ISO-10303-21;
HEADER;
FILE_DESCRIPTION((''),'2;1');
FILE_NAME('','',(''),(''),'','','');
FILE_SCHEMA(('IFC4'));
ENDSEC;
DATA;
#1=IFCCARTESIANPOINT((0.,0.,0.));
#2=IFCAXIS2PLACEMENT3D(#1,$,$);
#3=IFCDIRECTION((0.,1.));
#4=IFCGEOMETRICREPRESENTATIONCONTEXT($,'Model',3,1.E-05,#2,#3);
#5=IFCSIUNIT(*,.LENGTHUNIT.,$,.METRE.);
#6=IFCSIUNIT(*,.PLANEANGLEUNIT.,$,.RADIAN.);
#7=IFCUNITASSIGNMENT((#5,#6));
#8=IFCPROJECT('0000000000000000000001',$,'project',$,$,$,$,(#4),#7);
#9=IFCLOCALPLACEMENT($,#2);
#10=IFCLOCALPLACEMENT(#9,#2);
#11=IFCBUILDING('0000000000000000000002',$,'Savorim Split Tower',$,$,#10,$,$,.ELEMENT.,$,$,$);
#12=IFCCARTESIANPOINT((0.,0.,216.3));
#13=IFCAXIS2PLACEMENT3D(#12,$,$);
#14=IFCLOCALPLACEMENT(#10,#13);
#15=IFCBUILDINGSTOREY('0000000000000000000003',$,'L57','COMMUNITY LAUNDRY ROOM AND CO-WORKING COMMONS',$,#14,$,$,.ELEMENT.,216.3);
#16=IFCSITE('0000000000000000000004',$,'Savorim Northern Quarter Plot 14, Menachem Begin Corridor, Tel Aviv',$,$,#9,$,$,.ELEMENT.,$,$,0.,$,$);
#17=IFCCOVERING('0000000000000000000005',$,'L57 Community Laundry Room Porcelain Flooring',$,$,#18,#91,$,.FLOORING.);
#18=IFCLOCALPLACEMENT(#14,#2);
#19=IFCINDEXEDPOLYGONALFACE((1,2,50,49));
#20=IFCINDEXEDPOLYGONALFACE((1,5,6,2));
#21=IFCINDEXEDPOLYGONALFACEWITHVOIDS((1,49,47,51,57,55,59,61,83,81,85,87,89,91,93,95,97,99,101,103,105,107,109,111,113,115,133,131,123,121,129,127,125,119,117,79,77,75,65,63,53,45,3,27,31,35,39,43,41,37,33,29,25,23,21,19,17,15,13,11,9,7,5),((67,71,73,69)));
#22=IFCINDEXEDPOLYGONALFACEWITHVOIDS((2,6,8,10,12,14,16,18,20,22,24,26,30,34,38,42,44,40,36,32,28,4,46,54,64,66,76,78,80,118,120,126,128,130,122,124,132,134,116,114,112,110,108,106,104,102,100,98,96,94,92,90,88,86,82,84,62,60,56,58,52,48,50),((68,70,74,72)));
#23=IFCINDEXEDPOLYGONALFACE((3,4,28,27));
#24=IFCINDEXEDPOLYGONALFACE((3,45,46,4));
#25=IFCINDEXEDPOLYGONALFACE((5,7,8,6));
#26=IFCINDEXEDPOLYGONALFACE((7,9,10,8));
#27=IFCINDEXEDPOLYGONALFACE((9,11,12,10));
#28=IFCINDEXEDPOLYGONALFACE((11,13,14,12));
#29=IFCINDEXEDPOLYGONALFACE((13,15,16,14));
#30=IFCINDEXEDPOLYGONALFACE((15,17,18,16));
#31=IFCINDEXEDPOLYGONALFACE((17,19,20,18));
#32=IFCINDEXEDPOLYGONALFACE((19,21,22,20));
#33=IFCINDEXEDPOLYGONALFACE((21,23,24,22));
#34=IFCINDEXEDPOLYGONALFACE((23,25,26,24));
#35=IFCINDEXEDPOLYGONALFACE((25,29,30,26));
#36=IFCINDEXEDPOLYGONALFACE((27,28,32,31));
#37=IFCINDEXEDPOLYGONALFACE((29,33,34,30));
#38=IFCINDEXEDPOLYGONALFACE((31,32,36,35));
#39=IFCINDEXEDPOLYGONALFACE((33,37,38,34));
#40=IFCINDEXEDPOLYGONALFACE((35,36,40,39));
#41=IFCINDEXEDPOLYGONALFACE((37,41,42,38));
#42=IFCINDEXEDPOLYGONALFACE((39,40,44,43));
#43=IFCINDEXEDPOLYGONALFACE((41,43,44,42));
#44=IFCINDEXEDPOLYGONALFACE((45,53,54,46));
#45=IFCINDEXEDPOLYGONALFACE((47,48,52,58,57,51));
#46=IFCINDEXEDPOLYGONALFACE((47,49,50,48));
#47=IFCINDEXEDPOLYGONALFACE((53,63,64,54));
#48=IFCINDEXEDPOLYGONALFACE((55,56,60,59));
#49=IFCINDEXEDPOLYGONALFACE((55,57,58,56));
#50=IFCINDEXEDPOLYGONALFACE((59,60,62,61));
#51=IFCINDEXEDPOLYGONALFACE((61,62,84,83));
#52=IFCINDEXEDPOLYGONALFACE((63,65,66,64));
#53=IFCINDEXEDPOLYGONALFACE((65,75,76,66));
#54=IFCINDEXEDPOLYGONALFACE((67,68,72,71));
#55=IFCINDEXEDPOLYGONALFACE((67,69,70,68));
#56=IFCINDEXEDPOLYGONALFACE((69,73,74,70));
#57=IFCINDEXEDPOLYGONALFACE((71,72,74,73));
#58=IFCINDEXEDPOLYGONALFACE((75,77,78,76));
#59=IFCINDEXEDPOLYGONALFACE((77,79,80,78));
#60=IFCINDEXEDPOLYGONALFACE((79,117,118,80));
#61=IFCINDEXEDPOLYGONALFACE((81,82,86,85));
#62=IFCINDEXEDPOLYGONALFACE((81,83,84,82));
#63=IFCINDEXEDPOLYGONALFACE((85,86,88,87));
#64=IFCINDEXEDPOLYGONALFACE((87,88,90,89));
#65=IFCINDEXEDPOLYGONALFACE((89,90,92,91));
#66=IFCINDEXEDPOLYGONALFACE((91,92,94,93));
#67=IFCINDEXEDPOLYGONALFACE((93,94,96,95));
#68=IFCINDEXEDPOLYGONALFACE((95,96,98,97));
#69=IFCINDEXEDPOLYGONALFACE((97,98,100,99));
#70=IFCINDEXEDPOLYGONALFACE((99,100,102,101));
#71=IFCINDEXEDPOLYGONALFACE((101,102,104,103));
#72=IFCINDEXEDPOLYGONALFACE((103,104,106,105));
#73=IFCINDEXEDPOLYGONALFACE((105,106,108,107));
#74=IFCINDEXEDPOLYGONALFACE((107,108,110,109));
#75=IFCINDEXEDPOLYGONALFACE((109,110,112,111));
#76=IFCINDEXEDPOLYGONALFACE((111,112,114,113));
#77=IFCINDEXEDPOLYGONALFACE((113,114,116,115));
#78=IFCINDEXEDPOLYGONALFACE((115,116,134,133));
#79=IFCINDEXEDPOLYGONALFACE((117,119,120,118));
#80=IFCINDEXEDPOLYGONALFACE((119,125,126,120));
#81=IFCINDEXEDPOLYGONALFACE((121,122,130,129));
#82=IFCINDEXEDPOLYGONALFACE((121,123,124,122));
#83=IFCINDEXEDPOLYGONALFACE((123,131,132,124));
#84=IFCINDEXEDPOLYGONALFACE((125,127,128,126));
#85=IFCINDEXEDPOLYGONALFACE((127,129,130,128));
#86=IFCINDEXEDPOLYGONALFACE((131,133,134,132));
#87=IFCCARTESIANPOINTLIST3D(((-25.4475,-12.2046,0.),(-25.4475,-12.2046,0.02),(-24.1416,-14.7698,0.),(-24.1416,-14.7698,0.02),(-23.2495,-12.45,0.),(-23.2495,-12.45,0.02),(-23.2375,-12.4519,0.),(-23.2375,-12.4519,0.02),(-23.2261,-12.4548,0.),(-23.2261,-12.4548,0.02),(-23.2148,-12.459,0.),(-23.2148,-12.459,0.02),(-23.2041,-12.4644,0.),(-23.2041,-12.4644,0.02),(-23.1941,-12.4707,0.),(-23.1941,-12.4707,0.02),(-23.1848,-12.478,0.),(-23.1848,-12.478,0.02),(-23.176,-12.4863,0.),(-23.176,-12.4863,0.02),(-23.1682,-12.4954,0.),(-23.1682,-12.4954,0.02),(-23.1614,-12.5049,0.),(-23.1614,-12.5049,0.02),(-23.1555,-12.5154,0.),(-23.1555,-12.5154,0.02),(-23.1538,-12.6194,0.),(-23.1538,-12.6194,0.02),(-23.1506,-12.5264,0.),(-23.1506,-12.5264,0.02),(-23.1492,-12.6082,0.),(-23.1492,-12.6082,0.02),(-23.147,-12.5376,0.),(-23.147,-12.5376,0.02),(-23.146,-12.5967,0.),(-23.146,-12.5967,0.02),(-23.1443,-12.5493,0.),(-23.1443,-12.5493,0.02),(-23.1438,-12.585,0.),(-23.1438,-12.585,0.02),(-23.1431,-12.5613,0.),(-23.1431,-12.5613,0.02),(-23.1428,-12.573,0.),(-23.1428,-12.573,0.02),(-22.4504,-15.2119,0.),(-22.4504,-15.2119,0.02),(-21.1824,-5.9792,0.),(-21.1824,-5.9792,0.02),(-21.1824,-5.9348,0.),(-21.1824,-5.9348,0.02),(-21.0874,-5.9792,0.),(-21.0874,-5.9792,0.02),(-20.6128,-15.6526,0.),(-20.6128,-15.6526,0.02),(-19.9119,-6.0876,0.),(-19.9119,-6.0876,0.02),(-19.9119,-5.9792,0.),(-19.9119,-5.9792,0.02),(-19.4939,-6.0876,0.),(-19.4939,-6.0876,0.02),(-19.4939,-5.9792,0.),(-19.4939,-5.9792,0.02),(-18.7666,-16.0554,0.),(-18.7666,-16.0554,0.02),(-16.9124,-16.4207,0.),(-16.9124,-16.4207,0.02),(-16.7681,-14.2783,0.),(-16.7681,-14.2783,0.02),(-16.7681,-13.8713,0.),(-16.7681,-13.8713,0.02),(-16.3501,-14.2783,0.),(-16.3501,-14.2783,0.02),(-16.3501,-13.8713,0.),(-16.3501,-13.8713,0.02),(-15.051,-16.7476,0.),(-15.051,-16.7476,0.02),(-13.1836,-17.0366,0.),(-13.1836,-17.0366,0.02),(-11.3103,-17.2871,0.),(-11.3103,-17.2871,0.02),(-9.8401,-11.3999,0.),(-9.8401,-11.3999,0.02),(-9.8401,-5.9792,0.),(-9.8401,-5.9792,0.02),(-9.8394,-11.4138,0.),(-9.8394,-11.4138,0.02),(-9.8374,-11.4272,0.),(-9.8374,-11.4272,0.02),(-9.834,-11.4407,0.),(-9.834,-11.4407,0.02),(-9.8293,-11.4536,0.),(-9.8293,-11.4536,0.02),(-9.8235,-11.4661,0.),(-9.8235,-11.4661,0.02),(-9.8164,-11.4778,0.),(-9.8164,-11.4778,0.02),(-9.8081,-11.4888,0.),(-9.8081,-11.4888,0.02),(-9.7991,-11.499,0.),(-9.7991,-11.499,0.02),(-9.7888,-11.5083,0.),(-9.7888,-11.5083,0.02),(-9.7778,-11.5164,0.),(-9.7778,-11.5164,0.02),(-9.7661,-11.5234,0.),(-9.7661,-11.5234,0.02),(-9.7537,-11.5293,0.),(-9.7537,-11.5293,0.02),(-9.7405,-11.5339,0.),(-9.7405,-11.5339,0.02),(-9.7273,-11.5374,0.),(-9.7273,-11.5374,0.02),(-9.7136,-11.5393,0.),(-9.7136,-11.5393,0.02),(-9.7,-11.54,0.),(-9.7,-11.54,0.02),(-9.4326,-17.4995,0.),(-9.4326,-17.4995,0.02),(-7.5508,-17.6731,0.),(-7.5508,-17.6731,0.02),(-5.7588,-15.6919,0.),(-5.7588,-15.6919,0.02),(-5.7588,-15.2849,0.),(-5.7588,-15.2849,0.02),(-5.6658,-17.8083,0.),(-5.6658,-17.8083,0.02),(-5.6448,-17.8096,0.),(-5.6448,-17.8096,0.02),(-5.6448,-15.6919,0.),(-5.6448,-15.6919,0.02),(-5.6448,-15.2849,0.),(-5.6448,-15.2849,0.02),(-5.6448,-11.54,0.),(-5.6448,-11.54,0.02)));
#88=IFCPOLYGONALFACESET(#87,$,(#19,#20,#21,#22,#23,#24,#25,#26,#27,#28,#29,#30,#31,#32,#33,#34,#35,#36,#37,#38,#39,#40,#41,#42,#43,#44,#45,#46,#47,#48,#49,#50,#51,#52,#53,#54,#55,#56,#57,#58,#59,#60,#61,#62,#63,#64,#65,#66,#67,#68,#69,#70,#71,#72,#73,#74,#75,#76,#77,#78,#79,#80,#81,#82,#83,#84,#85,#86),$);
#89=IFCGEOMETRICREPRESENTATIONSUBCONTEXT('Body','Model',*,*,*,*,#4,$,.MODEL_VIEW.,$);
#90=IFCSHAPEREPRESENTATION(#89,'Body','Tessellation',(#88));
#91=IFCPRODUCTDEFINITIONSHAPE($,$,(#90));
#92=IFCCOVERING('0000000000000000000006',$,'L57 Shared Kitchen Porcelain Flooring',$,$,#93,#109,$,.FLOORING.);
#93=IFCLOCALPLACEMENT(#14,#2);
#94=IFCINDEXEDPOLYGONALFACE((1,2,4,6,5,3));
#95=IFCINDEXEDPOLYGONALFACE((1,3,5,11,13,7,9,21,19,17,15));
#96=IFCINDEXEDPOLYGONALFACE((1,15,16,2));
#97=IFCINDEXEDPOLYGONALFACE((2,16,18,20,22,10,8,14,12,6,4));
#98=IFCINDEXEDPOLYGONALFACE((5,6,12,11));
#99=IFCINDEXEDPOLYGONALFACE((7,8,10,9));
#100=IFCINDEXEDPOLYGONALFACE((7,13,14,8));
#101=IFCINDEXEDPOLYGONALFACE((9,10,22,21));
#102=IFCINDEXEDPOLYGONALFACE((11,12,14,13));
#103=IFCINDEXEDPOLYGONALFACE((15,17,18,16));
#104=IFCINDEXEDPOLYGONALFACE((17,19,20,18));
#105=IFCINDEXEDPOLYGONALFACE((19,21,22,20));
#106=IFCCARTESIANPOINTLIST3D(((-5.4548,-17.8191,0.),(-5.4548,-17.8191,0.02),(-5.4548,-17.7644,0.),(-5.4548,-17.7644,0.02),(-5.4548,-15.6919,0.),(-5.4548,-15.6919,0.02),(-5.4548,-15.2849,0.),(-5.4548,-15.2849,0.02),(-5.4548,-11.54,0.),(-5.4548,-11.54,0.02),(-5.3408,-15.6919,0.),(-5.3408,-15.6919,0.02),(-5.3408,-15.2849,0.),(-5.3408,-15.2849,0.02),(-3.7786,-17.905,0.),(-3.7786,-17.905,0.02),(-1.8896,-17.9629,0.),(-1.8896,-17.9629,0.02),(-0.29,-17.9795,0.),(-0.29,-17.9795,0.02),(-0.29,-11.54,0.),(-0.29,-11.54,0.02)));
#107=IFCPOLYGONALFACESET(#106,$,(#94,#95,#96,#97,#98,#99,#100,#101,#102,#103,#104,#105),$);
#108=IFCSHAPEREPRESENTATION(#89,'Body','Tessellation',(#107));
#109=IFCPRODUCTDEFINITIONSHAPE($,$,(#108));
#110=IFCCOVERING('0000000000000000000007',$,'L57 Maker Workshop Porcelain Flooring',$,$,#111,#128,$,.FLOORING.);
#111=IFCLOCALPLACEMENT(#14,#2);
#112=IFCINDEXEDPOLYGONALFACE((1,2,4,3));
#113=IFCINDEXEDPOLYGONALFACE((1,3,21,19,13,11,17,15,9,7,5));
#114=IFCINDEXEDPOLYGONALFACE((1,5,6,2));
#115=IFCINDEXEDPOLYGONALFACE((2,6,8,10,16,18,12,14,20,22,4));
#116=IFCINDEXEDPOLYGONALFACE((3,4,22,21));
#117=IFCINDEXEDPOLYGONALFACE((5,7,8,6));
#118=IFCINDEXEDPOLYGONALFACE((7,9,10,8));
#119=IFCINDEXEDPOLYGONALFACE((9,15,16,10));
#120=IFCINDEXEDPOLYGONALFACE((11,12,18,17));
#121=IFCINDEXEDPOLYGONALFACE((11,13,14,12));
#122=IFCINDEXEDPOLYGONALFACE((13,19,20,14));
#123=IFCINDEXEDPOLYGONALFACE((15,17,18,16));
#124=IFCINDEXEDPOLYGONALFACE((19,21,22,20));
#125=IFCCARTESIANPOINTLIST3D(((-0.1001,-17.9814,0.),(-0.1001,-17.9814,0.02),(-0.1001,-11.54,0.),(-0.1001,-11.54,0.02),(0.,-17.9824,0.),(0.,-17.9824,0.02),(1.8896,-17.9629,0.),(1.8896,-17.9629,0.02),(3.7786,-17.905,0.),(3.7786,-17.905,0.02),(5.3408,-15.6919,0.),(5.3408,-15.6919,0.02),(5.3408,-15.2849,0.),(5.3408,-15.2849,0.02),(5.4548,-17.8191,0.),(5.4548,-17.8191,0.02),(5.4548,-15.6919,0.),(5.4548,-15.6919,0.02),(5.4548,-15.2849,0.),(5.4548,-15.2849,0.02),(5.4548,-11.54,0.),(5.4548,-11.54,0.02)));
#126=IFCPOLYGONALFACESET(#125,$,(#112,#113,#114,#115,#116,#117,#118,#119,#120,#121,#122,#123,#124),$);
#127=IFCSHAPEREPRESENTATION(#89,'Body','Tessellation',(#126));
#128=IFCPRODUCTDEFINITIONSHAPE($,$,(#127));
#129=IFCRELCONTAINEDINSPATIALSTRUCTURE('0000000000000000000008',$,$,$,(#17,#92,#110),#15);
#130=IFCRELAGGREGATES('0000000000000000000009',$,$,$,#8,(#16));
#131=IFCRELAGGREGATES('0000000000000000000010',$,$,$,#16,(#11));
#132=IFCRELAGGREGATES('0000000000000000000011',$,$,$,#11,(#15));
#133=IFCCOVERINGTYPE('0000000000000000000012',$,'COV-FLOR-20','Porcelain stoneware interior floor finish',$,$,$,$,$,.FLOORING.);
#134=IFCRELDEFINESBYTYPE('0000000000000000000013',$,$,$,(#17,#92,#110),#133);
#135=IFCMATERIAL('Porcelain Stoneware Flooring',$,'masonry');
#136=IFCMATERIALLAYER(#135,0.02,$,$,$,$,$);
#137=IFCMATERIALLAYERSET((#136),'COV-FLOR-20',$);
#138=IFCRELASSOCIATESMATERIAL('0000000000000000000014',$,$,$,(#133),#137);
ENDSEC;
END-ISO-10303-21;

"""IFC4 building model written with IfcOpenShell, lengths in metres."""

from ifc_helpers import new_model, si_unit, direction, frame, origin, place, context, subcontext, project, spatial, polyline, outline, extrude, material, layer, layer_set, type_object, element, save


model = new_model("IFC4")

# Units and contexts
model_context = context("Model", 3, precision=1e-05, world=origin(), true_north=direction((0.0, 1.0)))
body_context = subcontext(model_context, "Body", "Model", "MODEL_VIEW")
ifc_project = project(units=[si_unit("LENGTHUNIT", "METRE"), si_unit("PLANEANGLEUNIT", "RADIAN")], contexts=[model_context])

# Site, building, storey
site_placement = place(None, origin())
site = spatial("IfcSite", under=ifc_project, at=site_placement, Name="Savorim Northern Quarter Plot 14, Menachem Begin Corridor, Tel Aviv", CompositionType="ELEMENT", RefElevation=0.0)
building_placement = place(site_placement, origin())
building = spatial("IfcBuilding", under=site, at=building_placement, Name="Savorim Split Tower", CompositionType="ELEMENT")
storey_placement = place(building_placement, frame((0.0, 0.0, 216.3)))
storey = spatial("IfcBuildingStorey", under=building, at=storey_placement, Name="L57", Description="COMMUNITY LAUNDRY ROOM AND CO-WORKING COMMONS", CompositionType="ELEMENT", Elevation=216.3)

# Coverings
ifc_material_1 = material(Name="Porcelain Stoneware Flooring", Category="masonry")
ifc_layer_1 = layer(ifc_material_1, 0.02)
ifc_layer_set_1 = layer_set([ifc_layer_1], Name="COV-FLOR-20")
covering_type_1 = type_object("IfcCoveringType", Name="COV-FLOR-20", Description="Porcelain stoneware interior floor finish", PredefinedType="FLOORING", material=ifc_layer_set_1)
covering_1_placement = place(storey_placement, origin())
element("IfcCovering", 1, at=covering_1_placement, inside=storey, type_object=covering_type_1, Name="L57 Community Laundry Room Porcelain Flooring", PredefinedType="FLOORING", context=body_context, shape_type="SweptSolid", body=[
    extrude(outline(polyline([(-23.1431, -12.5613), (-23.1428, -12.573), (-23.1438, -12.585), (-23.146, -12.5967), (-23.1492, -12.6082), (-23.1538, -12.6194), (-24.1416, -14.7698), (-22.4504, -15.2119), (-20.6128, -15.6526), (-18.7666, -16.0554), (-16.9124, -16.4207), (-15.051, -16.7476), (-13.1836, -17.0366), (-11.3103, -17.2871), (-9.4326, -17.4995), (-7.5508, -17.6731), (-5.6658, -17.8083), (-5.6448, -17.8096), (-5.6448, -15.6919), (-5.7588, -15.6919), (-5.7588, -15.2849), (-5.6448, -15.2849), (-5.6448, -11.54), (-9.7, -11.54), (-9.7136, -11.5393), (-9.7273, -11.5374), (-9.7405, -11.5339), (-9.7537, -11.5293), (-9.7661, -11.5234), (-9.7778, -11.5164), (-9.7888, -11.5083), (-9.7991, -11.499), (-9.8081, -11.4888), (-9.8164, -11.4778), (-9.8235, -11.4661), (-9.8293, -11.4536), (-9.834, -11.4407), (-9.8374, -11.4272), (-9.8394, -11.4138), (-9.8401, -11.3999), (-9.8401, -5.9792), (-19.4939, -5.9792), (-19.4939, -6.0876), (-19.9119, -6.0876), (-19.9119, -5.9792), (-21.0874, -5.9792), (-21.1824, -5.9792), (-21.1824, -5.9348), (-25.4475, -12.2046), (-23.2495, -12.45), (-23.2375, -12.4519), (-23.2261, -12.4548), (-23.2148, -12.459), (-23.2041, -12.4644), (-23.1941, -12.4707), (-23.1848, -12.478), (-23.176, -12.4863), (-23.1682, -12.4954), (-23.1614, -12.5049), (-23.1555, -12.5154), (-23.1506, -12.5264), (-23.147, -12.5376), (-23.1443, -12.5493), (-23.1431, -12.5613)]), holes=[polyline([(-16.7681, -14.2783), (-16.3501, -14.2783), (-16.3501, -13.8713), (-16.7681, -13.8713), (-16.7681, -14.2783)])]), origin(), (0.0, 0.0, 1.0), 0.02),
])
covering_2_placement = place(storey_placement, origin())
element("IfcCovering", 2, at=covering_2_placement, inside=storey, type_object=covering_type_1, Name="L57 Shared Kitchen Porcelain Flooring", PredefinedType="FLOORING", context=body_context, shape_type="SweptSolid", body=[
    extrude(outline(polyline([(-5.4548, -17.8191), (-3.7786, -17.905), (-1.8896, -17.9629), (-0.29, -17.9795), (-0.29, -11.54), (-5.4548, -11.54), (-5.4548, -15.2849), (-5.3408, -15.2849), (-5.3408, -15.6919), (-5.4548, -15.6919), (-5.4548, -17.7644), (-5.4548, -17.8191)])), origin(), (0.0, 0.0, 1.0), 0.02),
])
covering_3_placement = place(storey_placement, origin())
element("IfcCovering", 3, at=covering_3_placement, inside=storey, type_object=covering_type_1, Name="L57 Maker Workshop Porcelain Flooring", PredefinedType="FLOORING", context=body_context, shape_type="SweptSolid", body=[
    extrude(outline(polyline([(-0.1001, -17.9814), (0.0, -17.9824), (1.8896, -17.9629), (3.7786, -17.905), (5.4548, -17.8191), (5.4548, -15.6919), (5.3408, -15.6919), (5.3408, -15.2849), (5.4548, -15.2849), (5.4548, -11.54), (-0.1001, -11.54), (-0.1001, -17.9814)])), origin(), (0.0, 0.0, 1.0), 0.02),
])

save(model, "model.ifc")
